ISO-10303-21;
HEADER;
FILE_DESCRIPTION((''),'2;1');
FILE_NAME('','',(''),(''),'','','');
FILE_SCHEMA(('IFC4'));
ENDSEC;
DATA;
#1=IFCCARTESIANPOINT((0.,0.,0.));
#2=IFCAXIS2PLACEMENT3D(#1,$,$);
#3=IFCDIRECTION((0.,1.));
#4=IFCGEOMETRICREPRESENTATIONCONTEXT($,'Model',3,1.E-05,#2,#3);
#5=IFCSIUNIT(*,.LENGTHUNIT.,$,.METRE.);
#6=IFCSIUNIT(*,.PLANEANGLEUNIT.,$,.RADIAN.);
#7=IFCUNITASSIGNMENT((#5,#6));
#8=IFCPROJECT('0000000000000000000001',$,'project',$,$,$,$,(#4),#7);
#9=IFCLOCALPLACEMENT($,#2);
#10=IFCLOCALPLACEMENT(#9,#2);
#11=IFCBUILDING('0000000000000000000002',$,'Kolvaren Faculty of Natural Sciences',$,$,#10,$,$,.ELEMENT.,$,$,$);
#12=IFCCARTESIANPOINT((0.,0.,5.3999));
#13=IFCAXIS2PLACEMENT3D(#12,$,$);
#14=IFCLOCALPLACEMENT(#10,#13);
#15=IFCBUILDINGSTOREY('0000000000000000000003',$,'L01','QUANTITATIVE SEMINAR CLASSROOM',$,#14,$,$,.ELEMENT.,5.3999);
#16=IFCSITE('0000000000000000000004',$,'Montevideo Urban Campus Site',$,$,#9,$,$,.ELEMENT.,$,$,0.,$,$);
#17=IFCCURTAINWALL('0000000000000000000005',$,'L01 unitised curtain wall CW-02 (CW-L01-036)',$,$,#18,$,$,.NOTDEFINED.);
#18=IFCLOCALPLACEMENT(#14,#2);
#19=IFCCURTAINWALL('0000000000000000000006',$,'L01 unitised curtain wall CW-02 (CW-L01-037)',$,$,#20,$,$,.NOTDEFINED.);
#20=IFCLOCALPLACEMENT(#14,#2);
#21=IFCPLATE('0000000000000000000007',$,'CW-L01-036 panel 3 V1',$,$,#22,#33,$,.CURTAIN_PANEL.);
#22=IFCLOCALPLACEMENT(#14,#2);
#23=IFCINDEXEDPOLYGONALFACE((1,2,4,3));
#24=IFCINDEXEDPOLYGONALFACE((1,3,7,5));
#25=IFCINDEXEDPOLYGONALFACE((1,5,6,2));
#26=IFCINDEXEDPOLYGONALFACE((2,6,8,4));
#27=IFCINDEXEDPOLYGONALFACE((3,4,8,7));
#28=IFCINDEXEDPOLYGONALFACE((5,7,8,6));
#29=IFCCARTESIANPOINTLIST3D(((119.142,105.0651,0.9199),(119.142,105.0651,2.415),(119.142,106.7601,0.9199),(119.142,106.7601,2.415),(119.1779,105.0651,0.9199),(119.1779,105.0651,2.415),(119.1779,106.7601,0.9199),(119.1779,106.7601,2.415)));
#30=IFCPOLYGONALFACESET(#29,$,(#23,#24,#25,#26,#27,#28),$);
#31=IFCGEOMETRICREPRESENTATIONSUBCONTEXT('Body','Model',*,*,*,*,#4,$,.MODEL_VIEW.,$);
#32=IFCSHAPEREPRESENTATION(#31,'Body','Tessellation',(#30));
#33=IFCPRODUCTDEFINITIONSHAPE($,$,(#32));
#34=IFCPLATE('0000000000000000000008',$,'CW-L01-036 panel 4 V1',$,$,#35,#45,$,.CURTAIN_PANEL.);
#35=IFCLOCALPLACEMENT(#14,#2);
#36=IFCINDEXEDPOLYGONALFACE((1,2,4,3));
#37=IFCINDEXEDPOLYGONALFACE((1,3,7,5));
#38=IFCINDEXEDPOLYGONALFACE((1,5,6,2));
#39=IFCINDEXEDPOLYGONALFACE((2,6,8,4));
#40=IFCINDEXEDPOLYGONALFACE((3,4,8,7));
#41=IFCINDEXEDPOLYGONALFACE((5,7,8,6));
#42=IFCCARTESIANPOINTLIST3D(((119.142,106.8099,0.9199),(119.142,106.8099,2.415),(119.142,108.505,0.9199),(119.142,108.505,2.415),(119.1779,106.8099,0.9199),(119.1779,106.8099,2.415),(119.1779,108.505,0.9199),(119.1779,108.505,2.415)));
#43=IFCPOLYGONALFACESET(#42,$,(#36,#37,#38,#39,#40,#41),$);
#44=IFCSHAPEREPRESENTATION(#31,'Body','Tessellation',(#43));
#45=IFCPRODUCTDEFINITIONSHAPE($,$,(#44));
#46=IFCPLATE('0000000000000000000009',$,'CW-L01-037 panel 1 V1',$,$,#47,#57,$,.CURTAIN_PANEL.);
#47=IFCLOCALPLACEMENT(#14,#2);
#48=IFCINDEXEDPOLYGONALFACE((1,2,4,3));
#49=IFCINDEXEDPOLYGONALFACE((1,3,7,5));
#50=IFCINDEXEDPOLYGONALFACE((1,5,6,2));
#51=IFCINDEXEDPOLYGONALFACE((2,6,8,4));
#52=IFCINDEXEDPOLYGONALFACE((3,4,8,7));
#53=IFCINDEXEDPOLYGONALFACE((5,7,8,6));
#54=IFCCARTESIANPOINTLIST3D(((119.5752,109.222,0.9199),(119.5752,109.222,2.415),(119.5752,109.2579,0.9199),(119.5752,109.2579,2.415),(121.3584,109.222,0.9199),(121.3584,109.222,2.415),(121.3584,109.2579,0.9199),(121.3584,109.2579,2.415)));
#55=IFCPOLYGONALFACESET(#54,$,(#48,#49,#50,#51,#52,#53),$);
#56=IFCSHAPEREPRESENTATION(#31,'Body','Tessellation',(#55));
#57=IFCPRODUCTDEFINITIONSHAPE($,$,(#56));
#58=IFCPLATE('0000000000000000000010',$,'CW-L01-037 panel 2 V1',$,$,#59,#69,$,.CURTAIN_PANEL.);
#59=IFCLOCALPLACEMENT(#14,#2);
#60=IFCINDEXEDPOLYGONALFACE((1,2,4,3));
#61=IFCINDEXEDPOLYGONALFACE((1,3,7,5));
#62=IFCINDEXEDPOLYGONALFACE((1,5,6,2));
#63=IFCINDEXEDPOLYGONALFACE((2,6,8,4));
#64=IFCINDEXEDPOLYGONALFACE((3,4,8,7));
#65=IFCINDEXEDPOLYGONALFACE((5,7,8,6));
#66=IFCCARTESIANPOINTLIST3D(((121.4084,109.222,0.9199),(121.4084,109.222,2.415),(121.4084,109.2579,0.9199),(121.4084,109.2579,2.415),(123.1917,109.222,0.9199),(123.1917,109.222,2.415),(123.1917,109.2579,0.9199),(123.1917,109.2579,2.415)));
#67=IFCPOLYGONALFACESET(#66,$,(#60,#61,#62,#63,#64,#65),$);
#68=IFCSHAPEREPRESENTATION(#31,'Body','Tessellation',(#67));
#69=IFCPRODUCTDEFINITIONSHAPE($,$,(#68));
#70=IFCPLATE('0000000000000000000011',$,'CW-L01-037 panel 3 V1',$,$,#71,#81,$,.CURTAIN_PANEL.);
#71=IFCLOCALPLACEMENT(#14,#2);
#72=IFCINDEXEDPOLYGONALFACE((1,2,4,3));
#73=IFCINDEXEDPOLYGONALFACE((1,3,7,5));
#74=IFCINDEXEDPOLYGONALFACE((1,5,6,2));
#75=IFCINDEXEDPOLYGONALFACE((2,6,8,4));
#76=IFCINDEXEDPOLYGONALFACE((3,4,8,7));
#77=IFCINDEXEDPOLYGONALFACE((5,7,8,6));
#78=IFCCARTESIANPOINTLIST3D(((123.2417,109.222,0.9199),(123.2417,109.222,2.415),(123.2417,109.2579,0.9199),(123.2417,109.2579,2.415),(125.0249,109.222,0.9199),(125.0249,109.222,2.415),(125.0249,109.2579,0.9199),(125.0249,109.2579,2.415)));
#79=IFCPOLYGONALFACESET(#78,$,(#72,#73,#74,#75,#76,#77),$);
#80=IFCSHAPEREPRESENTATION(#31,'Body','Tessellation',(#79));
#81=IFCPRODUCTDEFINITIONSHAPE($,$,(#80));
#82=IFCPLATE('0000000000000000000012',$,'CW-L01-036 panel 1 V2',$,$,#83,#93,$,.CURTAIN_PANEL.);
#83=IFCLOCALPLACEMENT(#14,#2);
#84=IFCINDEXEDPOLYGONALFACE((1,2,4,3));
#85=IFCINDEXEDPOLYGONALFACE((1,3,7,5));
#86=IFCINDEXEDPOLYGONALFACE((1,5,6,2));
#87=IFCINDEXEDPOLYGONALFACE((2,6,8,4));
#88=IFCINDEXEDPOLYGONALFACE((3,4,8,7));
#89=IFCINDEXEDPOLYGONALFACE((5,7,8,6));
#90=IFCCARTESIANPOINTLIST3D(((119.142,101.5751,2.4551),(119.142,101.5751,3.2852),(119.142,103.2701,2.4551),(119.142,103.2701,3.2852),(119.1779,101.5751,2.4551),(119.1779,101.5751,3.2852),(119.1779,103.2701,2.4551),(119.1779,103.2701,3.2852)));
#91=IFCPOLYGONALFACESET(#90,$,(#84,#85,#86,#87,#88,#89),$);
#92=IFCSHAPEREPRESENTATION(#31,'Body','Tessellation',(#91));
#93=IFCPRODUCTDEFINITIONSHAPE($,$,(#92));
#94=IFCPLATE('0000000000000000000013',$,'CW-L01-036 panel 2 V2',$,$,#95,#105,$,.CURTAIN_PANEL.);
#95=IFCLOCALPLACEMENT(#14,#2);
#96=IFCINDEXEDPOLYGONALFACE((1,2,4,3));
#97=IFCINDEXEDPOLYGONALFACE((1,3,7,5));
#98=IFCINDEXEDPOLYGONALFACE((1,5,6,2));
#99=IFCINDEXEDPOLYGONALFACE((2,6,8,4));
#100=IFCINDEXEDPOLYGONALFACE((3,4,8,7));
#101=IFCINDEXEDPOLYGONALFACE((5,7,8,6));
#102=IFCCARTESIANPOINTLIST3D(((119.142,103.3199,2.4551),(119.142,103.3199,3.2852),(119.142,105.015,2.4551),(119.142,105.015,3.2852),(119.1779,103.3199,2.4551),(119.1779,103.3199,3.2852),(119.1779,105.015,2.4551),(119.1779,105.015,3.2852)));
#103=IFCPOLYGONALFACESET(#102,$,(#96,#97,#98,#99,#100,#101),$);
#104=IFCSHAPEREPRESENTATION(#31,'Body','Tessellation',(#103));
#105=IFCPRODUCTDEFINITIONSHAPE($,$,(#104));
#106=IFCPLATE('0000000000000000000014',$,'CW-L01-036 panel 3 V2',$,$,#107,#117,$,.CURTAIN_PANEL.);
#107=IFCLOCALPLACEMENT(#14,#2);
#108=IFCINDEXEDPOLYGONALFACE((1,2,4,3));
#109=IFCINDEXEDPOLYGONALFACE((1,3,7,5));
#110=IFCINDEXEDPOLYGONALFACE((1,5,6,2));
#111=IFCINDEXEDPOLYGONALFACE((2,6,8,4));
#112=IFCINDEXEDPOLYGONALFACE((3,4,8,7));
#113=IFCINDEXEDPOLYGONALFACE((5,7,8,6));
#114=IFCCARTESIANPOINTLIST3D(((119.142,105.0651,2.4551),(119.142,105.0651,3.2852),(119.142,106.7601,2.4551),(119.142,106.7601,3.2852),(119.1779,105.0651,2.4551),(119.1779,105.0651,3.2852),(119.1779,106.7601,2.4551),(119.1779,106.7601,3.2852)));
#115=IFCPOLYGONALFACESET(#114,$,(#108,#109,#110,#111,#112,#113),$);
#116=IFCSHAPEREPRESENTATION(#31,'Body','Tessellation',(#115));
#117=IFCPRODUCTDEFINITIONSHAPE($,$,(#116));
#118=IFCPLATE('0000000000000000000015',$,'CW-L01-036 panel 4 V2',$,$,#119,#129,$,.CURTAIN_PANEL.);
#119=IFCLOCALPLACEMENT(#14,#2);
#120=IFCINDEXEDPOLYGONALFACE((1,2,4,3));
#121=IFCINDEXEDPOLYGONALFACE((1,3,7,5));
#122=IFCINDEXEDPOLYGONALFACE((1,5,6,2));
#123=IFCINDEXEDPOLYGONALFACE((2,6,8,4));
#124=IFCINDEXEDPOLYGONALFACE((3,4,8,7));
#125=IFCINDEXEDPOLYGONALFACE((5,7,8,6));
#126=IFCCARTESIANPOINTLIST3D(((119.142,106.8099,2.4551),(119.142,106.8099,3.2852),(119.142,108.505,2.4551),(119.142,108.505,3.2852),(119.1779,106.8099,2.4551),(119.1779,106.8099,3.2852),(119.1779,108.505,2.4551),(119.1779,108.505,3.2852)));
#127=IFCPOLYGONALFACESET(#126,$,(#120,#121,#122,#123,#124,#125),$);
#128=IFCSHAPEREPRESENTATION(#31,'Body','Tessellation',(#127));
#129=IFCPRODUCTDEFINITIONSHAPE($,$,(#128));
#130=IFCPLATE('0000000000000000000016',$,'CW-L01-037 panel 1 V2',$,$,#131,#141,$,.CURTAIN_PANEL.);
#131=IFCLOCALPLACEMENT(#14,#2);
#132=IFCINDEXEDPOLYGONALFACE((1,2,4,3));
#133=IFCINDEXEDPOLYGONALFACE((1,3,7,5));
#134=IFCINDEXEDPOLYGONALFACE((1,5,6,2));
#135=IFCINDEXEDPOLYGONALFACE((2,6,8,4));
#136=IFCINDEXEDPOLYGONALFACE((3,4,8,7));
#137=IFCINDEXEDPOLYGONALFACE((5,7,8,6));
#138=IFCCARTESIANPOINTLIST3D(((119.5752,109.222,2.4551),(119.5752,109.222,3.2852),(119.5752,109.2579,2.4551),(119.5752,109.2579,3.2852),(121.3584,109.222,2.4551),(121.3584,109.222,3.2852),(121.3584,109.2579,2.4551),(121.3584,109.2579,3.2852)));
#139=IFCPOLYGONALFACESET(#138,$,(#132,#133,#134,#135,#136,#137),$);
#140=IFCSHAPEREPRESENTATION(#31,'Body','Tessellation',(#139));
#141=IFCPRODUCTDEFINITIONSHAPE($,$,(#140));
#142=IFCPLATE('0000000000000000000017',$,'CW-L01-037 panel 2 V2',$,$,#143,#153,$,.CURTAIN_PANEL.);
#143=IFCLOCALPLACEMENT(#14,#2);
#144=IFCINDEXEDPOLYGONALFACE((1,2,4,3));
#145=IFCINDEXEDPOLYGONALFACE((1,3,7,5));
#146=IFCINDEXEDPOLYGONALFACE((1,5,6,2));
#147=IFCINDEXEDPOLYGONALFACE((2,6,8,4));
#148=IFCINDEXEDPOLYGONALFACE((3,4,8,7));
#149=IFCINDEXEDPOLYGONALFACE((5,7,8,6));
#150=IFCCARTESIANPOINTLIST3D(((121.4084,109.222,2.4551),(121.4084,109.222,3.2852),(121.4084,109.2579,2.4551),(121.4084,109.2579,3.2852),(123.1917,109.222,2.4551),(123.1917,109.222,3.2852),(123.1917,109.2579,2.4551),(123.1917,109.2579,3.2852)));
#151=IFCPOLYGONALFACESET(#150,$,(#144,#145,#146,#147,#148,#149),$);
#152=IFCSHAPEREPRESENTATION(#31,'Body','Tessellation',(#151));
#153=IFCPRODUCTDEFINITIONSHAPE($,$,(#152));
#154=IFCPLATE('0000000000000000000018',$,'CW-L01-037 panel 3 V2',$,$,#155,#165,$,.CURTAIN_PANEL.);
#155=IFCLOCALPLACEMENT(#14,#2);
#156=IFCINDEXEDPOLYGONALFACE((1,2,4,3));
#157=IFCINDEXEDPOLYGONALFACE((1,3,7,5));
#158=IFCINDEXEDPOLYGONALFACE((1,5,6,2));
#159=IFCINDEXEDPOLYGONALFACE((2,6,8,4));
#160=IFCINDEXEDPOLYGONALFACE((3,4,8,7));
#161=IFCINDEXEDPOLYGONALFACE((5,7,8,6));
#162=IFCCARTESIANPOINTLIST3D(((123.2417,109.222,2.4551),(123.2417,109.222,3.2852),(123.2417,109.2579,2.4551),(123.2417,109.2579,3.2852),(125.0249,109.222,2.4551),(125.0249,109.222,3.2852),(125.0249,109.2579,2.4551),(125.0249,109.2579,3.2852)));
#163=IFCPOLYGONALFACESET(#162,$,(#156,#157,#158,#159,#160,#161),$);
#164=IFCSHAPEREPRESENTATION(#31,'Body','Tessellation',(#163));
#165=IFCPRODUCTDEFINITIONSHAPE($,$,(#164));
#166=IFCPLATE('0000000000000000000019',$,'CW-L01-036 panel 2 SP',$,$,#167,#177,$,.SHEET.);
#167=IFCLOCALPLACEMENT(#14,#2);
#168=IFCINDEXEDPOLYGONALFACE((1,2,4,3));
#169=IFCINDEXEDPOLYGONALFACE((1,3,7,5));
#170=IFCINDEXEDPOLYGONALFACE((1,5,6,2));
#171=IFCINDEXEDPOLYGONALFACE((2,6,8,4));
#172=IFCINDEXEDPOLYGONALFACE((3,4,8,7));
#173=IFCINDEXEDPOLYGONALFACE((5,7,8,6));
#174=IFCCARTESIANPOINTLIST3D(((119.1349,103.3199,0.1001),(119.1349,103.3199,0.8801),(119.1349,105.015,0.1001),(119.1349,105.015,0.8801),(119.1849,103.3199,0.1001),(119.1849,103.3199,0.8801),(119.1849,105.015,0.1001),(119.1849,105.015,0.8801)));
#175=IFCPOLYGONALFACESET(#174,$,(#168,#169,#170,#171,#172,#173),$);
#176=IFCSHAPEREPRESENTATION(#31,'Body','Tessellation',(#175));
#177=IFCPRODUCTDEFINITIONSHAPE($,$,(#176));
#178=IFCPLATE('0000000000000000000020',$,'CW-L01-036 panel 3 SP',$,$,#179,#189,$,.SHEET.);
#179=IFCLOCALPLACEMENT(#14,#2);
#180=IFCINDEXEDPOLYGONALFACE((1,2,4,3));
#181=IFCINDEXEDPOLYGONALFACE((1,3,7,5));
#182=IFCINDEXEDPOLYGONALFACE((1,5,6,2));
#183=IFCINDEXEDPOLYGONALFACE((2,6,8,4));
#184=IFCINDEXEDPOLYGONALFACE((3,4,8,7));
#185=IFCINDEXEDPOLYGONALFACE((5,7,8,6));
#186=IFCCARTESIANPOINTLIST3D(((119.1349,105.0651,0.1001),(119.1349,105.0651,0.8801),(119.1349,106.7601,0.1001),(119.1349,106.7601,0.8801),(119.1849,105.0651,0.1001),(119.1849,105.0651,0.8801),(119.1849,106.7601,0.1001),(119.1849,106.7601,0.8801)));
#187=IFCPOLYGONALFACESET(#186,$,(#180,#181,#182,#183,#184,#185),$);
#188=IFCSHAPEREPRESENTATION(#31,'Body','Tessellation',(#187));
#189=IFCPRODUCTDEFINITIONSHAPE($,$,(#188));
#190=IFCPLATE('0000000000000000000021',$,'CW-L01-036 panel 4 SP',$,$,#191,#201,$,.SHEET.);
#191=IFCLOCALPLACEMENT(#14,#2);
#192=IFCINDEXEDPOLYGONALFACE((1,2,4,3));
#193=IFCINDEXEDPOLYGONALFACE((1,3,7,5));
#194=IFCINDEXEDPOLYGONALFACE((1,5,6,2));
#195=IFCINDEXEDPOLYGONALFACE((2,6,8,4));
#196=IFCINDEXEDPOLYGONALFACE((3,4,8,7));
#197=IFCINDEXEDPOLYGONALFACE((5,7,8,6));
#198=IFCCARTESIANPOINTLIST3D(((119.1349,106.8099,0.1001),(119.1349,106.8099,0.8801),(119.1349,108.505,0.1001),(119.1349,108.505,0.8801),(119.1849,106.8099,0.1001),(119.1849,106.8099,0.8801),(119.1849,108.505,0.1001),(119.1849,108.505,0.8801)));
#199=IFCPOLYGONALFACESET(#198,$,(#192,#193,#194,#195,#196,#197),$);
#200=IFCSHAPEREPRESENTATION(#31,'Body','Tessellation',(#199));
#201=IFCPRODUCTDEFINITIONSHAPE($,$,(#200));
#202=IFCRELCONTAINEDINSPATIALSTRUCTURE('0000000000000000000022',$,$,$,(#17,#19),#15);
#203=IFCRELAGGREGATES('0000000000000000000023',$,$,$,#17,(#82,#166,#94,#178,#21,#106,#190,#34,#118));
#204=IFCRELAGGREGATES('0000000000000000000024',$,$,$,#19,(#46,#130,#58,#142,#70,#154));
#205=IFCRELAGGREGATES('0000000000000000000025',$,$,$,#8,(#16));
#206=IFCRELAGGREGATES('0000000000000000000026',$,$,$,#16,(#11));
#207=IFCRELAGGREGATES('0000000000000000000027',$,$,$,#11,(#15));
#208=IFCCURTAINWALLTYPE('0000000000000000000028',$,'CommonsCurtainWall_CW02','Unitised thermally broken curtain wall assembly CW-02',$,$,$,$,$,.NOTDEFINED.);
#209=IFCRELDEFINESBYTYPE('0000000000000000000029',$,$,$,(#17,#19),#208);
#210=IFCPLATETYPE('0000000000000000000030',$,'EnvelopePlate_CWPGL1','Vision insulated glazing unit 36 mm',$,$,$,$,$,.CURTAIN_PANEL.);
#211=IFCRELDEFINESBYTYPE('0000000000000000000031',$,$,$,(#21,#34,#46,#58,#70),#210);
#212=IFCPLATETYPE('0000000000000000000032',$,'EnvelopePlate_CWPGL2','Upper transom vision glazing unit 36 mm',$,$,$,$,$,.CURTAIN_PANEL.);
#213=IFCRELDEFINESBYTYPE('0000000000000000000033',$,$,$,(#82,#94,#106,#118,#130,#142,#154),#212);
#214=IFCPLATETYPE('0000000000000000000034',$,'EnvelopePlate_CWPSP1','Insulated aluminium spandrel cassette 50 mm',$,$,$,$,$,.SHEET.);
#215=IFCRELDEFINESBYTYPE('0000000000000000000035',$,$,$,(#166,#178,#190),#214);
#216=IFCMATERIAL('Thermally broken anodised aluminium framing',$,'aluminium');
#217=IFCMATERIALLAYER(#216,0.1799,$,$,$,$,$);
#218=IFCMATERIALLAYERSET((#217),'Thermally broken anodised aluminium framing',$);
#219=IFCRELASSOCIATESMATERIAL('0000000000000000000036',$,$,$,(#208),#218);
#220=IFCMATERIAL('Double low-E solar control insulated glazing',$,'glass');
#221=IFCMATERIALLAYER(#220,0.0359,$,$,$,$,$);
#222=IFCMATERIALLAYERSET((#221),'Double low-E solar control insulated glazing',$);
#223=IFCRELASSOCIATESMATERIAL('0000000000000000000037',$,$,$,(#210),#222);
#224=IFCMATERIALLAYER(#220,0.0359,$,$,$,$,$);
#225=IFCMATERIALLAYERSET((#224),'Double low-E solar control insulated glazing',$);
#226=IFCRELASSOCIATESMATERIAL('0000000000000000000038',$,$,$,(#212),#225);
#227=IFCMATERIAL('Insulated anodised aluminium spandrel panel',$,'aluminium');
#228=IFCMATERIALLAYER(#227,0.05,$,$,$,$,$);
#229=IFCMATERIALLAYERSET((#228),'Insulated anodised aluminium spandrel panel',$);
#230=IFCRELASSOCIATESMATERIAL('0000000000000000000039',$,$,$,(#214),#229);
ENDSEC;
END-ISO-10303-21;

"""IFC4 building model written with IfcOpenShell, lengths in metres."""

from ifc_helpers import new_model, si_unit, direction, frame, origin, origin_2d, place, context, subcontext, project, spatial, rectangle, extrude, material, layer, layer_set, type_object, element, aggregate, save


model = new_model("IFC4")

# Units and contexts
model_context = context("Model", 3, precision=1e-05, world=origin(), true_north=direction((0.0, 1.0)))
body_context = subcontext(model_context, "Body", "Model", "MODEL_VIEW")
ifc_project = project(units=[si_unit("LENGTHUNIT", "METRE"), si_unit("PLANEANGLEUNIT", "RADIAN")], contexts=[model_context])

# Site, building, storey
site_placement = place(None, origin())
site = spatial("IfcSite", under=ifc_project, at=site_placement, Name="Montevideo Urban Campus Site", CompositionType="ELEMENT", RefElevation=0.0)
building_placement = place(site_placement, origin())
building = spatial("IfcBuilding", under=site, at=building_placement, Name="Kolvaren Faculty of Natural Sciences", CompositionType="ELEMENT")
storey_placement = place(building_placement, frame((0.0, 0.0, 5.3999)))
storey = spatial("IfcBuildingStorey", under=building, at=storey_placement, Name="L01", Description="QUANTITATIVE SEMINAR CLASSROOM", CompositionType="ELEMENT", Elevation=5.3999)

# Curtain walls
ifc_material_1 = material(Name="Thermally broken anodised aluminium framing", Category="aluminium")
ifc_layer_1 = layer(ifc_material_1, 0.1799)
ifc_layer_set_1 = layer_set([ifc_layer_1], Name="Thermally broken anodised aluminium framing")
curtain_wall_type = type_object("IfcCurtainWallType", Name="CommonsCurtainWall_CW02", Description="Unitised thermally broken curtain wall assembly CW-02", PredefinedType="NOTDEFINED", material=ifc_layer_set_1)
curtain_wall_1_placement = place(storey_placement, origin())
curtain_wall_1 = element("IfcCurtainWall", 1, at=curtain_wall_1_placement, inside=storey, type_object=curtain_wall_type, Name="L01 unitised curtain wall CW-02 (CW-L01-036)", PredefinedType="NOTDEFINED")
curtain_wall_2_placement = place(storey_placement, origin())
curtain_wall_2 = element("IfcCurtainWall", 2, at=curtain_wall_2_placement, inside=storey, type_object=curtain_wall_type, Name="L01 unitised curtain wall CW-02 (CW-L01-037)", PredefinedType="NOTDEFINED")

# Plates
ifc_material_2 = material(Name="Double low-E solar control insulated glazing", Category="glass")
ifc_layer_2 = layer(ifc_material_2, 0.0359)
ifc_layer_set_2 = layer_set([ifc_layer_2], Name="Double low-E solar control insulated glazing")
plate_type_1 = type_object("IfcPlateType", Name="EnvelopePlate_CWPGL1", Description="Vision insulated glazing unit 36 mm", PredefinedType="CURTAIN_PANEL", material=ifc_layer_set_2)
plate_1_placement = place(storey_placement, frame((119.1599, 105.9126, 0.9199), z_axis=(0.0, 0.0, 1.0), x_axis=(0.0, 1.0, 0.0)))
plate_1 = element("IfcPlate", 3, at=plate_1_placement, type_object=plate_type_1, Name="CW-L01-036 panel 3 V1", PredefinedType="CURTAIN_PANEL", context=body_context, shape_type="SweptSolid", body=[
    extrude(rectangle(XDim=1.6951, YDim=0.0359, at=origin_2d()), origin(), (0.0, 0.0, 1.0), 1.4951),
])
plate_2_placement = place(storey_placement, frame((119.1599, 107.6575, 0.9199), z_axis=(0.0, 0.0, 1.0), x_axis=(0.0, 1.0, 0.0)))
plate_2 = element("IfcPlate", 4, at=plate_2_placement, type_object=plate_type_1, Name="CW-L01-036 panel 4 V1", PredefinedType="CURTAIN_PANEL", context=body_context, shape_type="SweptSolid", body=[
    extrude(rectangle(XDim=1.6951, YDim=0.0359, at=origin_2d()), origin(), (0.0, 0.0, 1.0), 1.4951),
])
plate_3_placement = place(storey_placement, frame((120.4668, 109.24, 0.9199), z_axis=(0.0, 0.0, 1.0), x_axis=(1.0, 0.0, 0.0)))
plate_3 = element("IfcPlate", 5, at=plate_3_placement, type_object=plate_type_1, Name="CW-L01-037 panel 1 V1", PredefinedType="CURTAIN_PANEL", context=body_context, shape_type="SweptSolid", body=[
    extrude(rectangle(XDim=1.7832, YDim=0.0359, at=origin_2d()), origin(), (0.0, 0.0, 1.0), 1.4951),
])
plate_4_placement = place(storey_placement, frame((122.3, 109.24, 0.9199), z_axis=(0.0, 0.0, 1.0), x_axis=(1.0, 0.0, 0.0)))
plate_4 = element("IfcPlate", 6, at=plate_4_placement, type_object=plate_type_1, Name="CW-L01-037 panel 2 V1", PredefinedType="CURTAIN_PANEL", context=body_context, shape_type="SweptSolid", body=[
    extrude(rectangle(XDim=1.7832, YDim=0.0359, at=origin_2d()), origin(), (0.0, 0.0, 1.0), 1.4951),
])
plate_5_placement = place(storey_placement, frame((124.1333, 109.24, 0.9199), z_axis=(0.0, 0.0, 1.0), x_axis=(1.0, 0.0, 0.0)))
plate_5 = element("IfcPlate", 7, at=plate_5_placement, type_object=plate_type_1, Name="CW-L01-037 panel 3 V1", PredefinedType="CURTAIN_PANEL", context=body_context, shape_type="SweptSolid", body=[
    extrude(rectangle(XDim=1.7832, YDim=0.0359, at=origin_2d()), origin(), (0.0, 0.0, 1.0), 1.4951),
])
ifc_layer_3 = layer(ifc_material_2, 0.0359)
ifc_layer_set_3 = layer_set([ifc_layer_3], Name="Double low-E solar control insulated glazing")
plate_type_2 = type_object("IfcPlateType", Name="EnvelopePlate_CWPGL2", Description="Upper transom vision glazing unit 36 mm", PredefinedType="CURTAIN_PANEL", material=ifc_layer_set_3)
plate_6_placement = place(storey_placement, frame((119.1599, 102.4226, 2.4551), z_axis=(0.0, 0.0, 1.0), x_axis=(0.0, 1.0, 0.0)))
plate_6 = element("IfcPlate", 8, at=plate_6_placement, type_object=plate_type_2, Name="CW-L01-036 panel 1 V2", PredefinedType="CURTAIN_PANEL", context=body_context, shape_type="SweptSolid", body=[
    extrude(rectangle(XDim=1.6951, YDim=0.0359, at=origin_2d()), origin(), (0.0, 0.0, 1.0), 0.8301),
])
plate_7_placement = place(storey_placement, frame((119.1599, 104.1675, 2.4551), z_axis=(0.0, 0.0, 1.0), x_axis=(0.0, 1.0, 0.0)))
plate_7 = element("IfcPlate", 9, at=plate_7_placement, type_object=plate_type_2, Name="CW-L01-036 panel 2 V2", PredefinedType="CURTAIN_PANEL", context=body_context, shape_type="SweptSolid", body=[
    extrude(rectangle(XDim=1.6951, YDim=0.0359, at=origin_2d()), origin(), (0.0, 0.0, 1.0), 0.8301),
])
plate_8_placement = place(storey_placement, frame((119.1599, 105.9126, 2.4551), z_axis=(0.0, 0.0, 1.0), x_axis=(0.0, 1.0, 0.0)))
plate_8 = element("IfcPlate", 10, at=plate_8_placement, type_object=plate_type_2, Name="CW-L01-036 panel 3 V2", PredefinedType="CURTAIN_PANEL", context=body_context, shape_type="SweptSolid", body=[
    extrude(rectangle(XDim=1.6951, YDim=0.0359, at=origin_2d()), origin(), (0.0, 0.0, 1.0), 0.8301),
])
plate_9_placement = place(storey_placement, frame((119.1599, 107.6575, 2.4551), z_axis=(0.0, 0.0, 1.0), x_axis=(0.0, 1.0, 0.0)))
plate_9 = element("IfcPlate", 11, at=plate_9_placement, type_object=plate_type_2, Name="CW-L01-036 panel 4 V2", PredefinedType="CURTAIN_PANEL", context=body_context, shape_type="SweptSolid", body=[
    extrude(rectangle(XDim=1.6951, YDim=0.0359, at=origin_2d()), origin(), (0.0, 0.0, 1.0), 0.8301),
])
plate_10_placement = place(storey_placement, frame((120.4668, 109.24, 2.4551), z_axis=(0.0, 0.0, 1.0), x_axis=(1.0, 0.0, 0.0)))
plate_10 = element("IfcPlate", 12, at=plate_10_placement, type_object=plate_type_2, Name="CW-L01-037 panel 1 V2", PredefinedType="CURTAIN_PANEL", context=body_context, shape_type="SweptSolid", body=[
    extrude(rectangle(XDim=1.7832, YDim=0.0359, at=origin_2d()), origin(), (0.0, 0.0, 1.0), 0.8301),
])
plate_11_placement = place(storey_placement, frame((122.3, 109.24, 2.4551), z_axis=(0.0, 0.0, 1.0), x_axis=(1.0, 0.0, 0.0)))
plate_11 = element("IfcPlate", 13, at=plate_11_placement, type_object=plate_type_2, Name="CW-L01-037 panel 2 V2", PredefinedType="CURTAIN_PANEL", context=body_context, shape_type="SweptSolid", body=[
    extrude(rectangle(XDim=1.7832, YDim=0.0359, at=origin_2d()), origin(), (0.0, 0.0, 1.0), 0.8301),
])
plate_12_placement = place(storey_placement, frame((124.1333, 109.24, 2.4551), z_axis=(0.0, 0.0, 1.0), x_axis=(1.0, 0.0, 0.0)))
plate_12 = element("IfcPlate", 14, at=plate_12_placement, type_object=plate_type_2, Name="CW-L01-037 panel 3 V2", PredefinedType="CURTAIN_PANEL", context=body_context, shape_type="SweptSolid", body=[
    extrude(rectangle(XDim=1.7832, YDim=0.0359, at=origin_2d()), origin(), (0.0, 0.0, 1.0), 0.8301),
])
ifc_material_3 = material(Name="Insulated anodised aluminium spandrel panel", Category="aluminium")
ifc_layer_4 = layer(ifc_material_3, 0.05)
ifc_layer_set_4 = layer_set([ifc_layer_4], Name="Insulated anodised aluminium spandrel panel")
plate_type_3 = type_object("IfcPlateType", Name="EnvelopePlate_CWPSP1", Description="Insulated aluminium spandrel cassette 50 mm", PredefinedType="SHEET", material=ifc_layer_set_4)
plate_13_placement = place(storey_placement, frame((119.1599, 104.1675, 0.1001), z_axis=(0.0, 0.0, 1.0), x_axis=(0.0, 1.0, 0.0)))
plate_13 = element("IfcPlate", 15, at=plate_13_placement, type_object=plate_type_3, Name="CW-L01-036 panel 2 SP", PredefinedType="SHEET", context=body_context, shape_type="SweptSolid", body=[
    extrude(rectangle(XDim=1.6951, YDim=0.05, at=origin_2d()), origin(), (0.0, 0.0, 1.0), 0.78),
])
plate_14_placement = place(storey_placement, frame((119.1599, 105.9126, 0.1001), z_axis=(0.0, 0.0, 1.0), x_axis=(0.0, 1.0, 0.0)))
plate_14 = element("IfcPlate", 16, at=plate_14_placement, type_object=plate_type_3, Name="CW-L01-036 panel 3 SP", PredefinedType="SHEET", context=body_context, shape_type="SweptSolid", body=[
    extrude(rectangle(XDim=1.6951, YDim=0.05, at=origin_2d()), origin(), (0.0, 0.0, 1.0), 0.78),
])
plate_15_placement = place(storey_placement, frame((119.1599, 107.6575, 0.1001), z_axis=(0.0, 0.0, 1.0), x_axis=(0.0, 1.0, 0.0)))
plate_15 = element("IfcPlate", 17, at=plate_15_placement, type_object=plate_type_3, Name="CW-L01-036 panel 4 SP", PredefinedType="SHEET", context=body_context, shape_type="SweptSolid", body=[
    extrude(rectangle(XDim=1.6951, YDim=0.05, at=origin_2d()), origin(), (0.0, 0.0, 1.0), 0.78),
])
aggregate(curtain_wall_1, [plate_6, plate_13, plate_7, plate_14, plate_1, plate_8, plate_15, plate_2, plate_9])
aggregate(curtain_wall_2, [plate_3, plate_10, plate_4, plate_11, plate_5, plate_12])

save(model, "model.ifc")
